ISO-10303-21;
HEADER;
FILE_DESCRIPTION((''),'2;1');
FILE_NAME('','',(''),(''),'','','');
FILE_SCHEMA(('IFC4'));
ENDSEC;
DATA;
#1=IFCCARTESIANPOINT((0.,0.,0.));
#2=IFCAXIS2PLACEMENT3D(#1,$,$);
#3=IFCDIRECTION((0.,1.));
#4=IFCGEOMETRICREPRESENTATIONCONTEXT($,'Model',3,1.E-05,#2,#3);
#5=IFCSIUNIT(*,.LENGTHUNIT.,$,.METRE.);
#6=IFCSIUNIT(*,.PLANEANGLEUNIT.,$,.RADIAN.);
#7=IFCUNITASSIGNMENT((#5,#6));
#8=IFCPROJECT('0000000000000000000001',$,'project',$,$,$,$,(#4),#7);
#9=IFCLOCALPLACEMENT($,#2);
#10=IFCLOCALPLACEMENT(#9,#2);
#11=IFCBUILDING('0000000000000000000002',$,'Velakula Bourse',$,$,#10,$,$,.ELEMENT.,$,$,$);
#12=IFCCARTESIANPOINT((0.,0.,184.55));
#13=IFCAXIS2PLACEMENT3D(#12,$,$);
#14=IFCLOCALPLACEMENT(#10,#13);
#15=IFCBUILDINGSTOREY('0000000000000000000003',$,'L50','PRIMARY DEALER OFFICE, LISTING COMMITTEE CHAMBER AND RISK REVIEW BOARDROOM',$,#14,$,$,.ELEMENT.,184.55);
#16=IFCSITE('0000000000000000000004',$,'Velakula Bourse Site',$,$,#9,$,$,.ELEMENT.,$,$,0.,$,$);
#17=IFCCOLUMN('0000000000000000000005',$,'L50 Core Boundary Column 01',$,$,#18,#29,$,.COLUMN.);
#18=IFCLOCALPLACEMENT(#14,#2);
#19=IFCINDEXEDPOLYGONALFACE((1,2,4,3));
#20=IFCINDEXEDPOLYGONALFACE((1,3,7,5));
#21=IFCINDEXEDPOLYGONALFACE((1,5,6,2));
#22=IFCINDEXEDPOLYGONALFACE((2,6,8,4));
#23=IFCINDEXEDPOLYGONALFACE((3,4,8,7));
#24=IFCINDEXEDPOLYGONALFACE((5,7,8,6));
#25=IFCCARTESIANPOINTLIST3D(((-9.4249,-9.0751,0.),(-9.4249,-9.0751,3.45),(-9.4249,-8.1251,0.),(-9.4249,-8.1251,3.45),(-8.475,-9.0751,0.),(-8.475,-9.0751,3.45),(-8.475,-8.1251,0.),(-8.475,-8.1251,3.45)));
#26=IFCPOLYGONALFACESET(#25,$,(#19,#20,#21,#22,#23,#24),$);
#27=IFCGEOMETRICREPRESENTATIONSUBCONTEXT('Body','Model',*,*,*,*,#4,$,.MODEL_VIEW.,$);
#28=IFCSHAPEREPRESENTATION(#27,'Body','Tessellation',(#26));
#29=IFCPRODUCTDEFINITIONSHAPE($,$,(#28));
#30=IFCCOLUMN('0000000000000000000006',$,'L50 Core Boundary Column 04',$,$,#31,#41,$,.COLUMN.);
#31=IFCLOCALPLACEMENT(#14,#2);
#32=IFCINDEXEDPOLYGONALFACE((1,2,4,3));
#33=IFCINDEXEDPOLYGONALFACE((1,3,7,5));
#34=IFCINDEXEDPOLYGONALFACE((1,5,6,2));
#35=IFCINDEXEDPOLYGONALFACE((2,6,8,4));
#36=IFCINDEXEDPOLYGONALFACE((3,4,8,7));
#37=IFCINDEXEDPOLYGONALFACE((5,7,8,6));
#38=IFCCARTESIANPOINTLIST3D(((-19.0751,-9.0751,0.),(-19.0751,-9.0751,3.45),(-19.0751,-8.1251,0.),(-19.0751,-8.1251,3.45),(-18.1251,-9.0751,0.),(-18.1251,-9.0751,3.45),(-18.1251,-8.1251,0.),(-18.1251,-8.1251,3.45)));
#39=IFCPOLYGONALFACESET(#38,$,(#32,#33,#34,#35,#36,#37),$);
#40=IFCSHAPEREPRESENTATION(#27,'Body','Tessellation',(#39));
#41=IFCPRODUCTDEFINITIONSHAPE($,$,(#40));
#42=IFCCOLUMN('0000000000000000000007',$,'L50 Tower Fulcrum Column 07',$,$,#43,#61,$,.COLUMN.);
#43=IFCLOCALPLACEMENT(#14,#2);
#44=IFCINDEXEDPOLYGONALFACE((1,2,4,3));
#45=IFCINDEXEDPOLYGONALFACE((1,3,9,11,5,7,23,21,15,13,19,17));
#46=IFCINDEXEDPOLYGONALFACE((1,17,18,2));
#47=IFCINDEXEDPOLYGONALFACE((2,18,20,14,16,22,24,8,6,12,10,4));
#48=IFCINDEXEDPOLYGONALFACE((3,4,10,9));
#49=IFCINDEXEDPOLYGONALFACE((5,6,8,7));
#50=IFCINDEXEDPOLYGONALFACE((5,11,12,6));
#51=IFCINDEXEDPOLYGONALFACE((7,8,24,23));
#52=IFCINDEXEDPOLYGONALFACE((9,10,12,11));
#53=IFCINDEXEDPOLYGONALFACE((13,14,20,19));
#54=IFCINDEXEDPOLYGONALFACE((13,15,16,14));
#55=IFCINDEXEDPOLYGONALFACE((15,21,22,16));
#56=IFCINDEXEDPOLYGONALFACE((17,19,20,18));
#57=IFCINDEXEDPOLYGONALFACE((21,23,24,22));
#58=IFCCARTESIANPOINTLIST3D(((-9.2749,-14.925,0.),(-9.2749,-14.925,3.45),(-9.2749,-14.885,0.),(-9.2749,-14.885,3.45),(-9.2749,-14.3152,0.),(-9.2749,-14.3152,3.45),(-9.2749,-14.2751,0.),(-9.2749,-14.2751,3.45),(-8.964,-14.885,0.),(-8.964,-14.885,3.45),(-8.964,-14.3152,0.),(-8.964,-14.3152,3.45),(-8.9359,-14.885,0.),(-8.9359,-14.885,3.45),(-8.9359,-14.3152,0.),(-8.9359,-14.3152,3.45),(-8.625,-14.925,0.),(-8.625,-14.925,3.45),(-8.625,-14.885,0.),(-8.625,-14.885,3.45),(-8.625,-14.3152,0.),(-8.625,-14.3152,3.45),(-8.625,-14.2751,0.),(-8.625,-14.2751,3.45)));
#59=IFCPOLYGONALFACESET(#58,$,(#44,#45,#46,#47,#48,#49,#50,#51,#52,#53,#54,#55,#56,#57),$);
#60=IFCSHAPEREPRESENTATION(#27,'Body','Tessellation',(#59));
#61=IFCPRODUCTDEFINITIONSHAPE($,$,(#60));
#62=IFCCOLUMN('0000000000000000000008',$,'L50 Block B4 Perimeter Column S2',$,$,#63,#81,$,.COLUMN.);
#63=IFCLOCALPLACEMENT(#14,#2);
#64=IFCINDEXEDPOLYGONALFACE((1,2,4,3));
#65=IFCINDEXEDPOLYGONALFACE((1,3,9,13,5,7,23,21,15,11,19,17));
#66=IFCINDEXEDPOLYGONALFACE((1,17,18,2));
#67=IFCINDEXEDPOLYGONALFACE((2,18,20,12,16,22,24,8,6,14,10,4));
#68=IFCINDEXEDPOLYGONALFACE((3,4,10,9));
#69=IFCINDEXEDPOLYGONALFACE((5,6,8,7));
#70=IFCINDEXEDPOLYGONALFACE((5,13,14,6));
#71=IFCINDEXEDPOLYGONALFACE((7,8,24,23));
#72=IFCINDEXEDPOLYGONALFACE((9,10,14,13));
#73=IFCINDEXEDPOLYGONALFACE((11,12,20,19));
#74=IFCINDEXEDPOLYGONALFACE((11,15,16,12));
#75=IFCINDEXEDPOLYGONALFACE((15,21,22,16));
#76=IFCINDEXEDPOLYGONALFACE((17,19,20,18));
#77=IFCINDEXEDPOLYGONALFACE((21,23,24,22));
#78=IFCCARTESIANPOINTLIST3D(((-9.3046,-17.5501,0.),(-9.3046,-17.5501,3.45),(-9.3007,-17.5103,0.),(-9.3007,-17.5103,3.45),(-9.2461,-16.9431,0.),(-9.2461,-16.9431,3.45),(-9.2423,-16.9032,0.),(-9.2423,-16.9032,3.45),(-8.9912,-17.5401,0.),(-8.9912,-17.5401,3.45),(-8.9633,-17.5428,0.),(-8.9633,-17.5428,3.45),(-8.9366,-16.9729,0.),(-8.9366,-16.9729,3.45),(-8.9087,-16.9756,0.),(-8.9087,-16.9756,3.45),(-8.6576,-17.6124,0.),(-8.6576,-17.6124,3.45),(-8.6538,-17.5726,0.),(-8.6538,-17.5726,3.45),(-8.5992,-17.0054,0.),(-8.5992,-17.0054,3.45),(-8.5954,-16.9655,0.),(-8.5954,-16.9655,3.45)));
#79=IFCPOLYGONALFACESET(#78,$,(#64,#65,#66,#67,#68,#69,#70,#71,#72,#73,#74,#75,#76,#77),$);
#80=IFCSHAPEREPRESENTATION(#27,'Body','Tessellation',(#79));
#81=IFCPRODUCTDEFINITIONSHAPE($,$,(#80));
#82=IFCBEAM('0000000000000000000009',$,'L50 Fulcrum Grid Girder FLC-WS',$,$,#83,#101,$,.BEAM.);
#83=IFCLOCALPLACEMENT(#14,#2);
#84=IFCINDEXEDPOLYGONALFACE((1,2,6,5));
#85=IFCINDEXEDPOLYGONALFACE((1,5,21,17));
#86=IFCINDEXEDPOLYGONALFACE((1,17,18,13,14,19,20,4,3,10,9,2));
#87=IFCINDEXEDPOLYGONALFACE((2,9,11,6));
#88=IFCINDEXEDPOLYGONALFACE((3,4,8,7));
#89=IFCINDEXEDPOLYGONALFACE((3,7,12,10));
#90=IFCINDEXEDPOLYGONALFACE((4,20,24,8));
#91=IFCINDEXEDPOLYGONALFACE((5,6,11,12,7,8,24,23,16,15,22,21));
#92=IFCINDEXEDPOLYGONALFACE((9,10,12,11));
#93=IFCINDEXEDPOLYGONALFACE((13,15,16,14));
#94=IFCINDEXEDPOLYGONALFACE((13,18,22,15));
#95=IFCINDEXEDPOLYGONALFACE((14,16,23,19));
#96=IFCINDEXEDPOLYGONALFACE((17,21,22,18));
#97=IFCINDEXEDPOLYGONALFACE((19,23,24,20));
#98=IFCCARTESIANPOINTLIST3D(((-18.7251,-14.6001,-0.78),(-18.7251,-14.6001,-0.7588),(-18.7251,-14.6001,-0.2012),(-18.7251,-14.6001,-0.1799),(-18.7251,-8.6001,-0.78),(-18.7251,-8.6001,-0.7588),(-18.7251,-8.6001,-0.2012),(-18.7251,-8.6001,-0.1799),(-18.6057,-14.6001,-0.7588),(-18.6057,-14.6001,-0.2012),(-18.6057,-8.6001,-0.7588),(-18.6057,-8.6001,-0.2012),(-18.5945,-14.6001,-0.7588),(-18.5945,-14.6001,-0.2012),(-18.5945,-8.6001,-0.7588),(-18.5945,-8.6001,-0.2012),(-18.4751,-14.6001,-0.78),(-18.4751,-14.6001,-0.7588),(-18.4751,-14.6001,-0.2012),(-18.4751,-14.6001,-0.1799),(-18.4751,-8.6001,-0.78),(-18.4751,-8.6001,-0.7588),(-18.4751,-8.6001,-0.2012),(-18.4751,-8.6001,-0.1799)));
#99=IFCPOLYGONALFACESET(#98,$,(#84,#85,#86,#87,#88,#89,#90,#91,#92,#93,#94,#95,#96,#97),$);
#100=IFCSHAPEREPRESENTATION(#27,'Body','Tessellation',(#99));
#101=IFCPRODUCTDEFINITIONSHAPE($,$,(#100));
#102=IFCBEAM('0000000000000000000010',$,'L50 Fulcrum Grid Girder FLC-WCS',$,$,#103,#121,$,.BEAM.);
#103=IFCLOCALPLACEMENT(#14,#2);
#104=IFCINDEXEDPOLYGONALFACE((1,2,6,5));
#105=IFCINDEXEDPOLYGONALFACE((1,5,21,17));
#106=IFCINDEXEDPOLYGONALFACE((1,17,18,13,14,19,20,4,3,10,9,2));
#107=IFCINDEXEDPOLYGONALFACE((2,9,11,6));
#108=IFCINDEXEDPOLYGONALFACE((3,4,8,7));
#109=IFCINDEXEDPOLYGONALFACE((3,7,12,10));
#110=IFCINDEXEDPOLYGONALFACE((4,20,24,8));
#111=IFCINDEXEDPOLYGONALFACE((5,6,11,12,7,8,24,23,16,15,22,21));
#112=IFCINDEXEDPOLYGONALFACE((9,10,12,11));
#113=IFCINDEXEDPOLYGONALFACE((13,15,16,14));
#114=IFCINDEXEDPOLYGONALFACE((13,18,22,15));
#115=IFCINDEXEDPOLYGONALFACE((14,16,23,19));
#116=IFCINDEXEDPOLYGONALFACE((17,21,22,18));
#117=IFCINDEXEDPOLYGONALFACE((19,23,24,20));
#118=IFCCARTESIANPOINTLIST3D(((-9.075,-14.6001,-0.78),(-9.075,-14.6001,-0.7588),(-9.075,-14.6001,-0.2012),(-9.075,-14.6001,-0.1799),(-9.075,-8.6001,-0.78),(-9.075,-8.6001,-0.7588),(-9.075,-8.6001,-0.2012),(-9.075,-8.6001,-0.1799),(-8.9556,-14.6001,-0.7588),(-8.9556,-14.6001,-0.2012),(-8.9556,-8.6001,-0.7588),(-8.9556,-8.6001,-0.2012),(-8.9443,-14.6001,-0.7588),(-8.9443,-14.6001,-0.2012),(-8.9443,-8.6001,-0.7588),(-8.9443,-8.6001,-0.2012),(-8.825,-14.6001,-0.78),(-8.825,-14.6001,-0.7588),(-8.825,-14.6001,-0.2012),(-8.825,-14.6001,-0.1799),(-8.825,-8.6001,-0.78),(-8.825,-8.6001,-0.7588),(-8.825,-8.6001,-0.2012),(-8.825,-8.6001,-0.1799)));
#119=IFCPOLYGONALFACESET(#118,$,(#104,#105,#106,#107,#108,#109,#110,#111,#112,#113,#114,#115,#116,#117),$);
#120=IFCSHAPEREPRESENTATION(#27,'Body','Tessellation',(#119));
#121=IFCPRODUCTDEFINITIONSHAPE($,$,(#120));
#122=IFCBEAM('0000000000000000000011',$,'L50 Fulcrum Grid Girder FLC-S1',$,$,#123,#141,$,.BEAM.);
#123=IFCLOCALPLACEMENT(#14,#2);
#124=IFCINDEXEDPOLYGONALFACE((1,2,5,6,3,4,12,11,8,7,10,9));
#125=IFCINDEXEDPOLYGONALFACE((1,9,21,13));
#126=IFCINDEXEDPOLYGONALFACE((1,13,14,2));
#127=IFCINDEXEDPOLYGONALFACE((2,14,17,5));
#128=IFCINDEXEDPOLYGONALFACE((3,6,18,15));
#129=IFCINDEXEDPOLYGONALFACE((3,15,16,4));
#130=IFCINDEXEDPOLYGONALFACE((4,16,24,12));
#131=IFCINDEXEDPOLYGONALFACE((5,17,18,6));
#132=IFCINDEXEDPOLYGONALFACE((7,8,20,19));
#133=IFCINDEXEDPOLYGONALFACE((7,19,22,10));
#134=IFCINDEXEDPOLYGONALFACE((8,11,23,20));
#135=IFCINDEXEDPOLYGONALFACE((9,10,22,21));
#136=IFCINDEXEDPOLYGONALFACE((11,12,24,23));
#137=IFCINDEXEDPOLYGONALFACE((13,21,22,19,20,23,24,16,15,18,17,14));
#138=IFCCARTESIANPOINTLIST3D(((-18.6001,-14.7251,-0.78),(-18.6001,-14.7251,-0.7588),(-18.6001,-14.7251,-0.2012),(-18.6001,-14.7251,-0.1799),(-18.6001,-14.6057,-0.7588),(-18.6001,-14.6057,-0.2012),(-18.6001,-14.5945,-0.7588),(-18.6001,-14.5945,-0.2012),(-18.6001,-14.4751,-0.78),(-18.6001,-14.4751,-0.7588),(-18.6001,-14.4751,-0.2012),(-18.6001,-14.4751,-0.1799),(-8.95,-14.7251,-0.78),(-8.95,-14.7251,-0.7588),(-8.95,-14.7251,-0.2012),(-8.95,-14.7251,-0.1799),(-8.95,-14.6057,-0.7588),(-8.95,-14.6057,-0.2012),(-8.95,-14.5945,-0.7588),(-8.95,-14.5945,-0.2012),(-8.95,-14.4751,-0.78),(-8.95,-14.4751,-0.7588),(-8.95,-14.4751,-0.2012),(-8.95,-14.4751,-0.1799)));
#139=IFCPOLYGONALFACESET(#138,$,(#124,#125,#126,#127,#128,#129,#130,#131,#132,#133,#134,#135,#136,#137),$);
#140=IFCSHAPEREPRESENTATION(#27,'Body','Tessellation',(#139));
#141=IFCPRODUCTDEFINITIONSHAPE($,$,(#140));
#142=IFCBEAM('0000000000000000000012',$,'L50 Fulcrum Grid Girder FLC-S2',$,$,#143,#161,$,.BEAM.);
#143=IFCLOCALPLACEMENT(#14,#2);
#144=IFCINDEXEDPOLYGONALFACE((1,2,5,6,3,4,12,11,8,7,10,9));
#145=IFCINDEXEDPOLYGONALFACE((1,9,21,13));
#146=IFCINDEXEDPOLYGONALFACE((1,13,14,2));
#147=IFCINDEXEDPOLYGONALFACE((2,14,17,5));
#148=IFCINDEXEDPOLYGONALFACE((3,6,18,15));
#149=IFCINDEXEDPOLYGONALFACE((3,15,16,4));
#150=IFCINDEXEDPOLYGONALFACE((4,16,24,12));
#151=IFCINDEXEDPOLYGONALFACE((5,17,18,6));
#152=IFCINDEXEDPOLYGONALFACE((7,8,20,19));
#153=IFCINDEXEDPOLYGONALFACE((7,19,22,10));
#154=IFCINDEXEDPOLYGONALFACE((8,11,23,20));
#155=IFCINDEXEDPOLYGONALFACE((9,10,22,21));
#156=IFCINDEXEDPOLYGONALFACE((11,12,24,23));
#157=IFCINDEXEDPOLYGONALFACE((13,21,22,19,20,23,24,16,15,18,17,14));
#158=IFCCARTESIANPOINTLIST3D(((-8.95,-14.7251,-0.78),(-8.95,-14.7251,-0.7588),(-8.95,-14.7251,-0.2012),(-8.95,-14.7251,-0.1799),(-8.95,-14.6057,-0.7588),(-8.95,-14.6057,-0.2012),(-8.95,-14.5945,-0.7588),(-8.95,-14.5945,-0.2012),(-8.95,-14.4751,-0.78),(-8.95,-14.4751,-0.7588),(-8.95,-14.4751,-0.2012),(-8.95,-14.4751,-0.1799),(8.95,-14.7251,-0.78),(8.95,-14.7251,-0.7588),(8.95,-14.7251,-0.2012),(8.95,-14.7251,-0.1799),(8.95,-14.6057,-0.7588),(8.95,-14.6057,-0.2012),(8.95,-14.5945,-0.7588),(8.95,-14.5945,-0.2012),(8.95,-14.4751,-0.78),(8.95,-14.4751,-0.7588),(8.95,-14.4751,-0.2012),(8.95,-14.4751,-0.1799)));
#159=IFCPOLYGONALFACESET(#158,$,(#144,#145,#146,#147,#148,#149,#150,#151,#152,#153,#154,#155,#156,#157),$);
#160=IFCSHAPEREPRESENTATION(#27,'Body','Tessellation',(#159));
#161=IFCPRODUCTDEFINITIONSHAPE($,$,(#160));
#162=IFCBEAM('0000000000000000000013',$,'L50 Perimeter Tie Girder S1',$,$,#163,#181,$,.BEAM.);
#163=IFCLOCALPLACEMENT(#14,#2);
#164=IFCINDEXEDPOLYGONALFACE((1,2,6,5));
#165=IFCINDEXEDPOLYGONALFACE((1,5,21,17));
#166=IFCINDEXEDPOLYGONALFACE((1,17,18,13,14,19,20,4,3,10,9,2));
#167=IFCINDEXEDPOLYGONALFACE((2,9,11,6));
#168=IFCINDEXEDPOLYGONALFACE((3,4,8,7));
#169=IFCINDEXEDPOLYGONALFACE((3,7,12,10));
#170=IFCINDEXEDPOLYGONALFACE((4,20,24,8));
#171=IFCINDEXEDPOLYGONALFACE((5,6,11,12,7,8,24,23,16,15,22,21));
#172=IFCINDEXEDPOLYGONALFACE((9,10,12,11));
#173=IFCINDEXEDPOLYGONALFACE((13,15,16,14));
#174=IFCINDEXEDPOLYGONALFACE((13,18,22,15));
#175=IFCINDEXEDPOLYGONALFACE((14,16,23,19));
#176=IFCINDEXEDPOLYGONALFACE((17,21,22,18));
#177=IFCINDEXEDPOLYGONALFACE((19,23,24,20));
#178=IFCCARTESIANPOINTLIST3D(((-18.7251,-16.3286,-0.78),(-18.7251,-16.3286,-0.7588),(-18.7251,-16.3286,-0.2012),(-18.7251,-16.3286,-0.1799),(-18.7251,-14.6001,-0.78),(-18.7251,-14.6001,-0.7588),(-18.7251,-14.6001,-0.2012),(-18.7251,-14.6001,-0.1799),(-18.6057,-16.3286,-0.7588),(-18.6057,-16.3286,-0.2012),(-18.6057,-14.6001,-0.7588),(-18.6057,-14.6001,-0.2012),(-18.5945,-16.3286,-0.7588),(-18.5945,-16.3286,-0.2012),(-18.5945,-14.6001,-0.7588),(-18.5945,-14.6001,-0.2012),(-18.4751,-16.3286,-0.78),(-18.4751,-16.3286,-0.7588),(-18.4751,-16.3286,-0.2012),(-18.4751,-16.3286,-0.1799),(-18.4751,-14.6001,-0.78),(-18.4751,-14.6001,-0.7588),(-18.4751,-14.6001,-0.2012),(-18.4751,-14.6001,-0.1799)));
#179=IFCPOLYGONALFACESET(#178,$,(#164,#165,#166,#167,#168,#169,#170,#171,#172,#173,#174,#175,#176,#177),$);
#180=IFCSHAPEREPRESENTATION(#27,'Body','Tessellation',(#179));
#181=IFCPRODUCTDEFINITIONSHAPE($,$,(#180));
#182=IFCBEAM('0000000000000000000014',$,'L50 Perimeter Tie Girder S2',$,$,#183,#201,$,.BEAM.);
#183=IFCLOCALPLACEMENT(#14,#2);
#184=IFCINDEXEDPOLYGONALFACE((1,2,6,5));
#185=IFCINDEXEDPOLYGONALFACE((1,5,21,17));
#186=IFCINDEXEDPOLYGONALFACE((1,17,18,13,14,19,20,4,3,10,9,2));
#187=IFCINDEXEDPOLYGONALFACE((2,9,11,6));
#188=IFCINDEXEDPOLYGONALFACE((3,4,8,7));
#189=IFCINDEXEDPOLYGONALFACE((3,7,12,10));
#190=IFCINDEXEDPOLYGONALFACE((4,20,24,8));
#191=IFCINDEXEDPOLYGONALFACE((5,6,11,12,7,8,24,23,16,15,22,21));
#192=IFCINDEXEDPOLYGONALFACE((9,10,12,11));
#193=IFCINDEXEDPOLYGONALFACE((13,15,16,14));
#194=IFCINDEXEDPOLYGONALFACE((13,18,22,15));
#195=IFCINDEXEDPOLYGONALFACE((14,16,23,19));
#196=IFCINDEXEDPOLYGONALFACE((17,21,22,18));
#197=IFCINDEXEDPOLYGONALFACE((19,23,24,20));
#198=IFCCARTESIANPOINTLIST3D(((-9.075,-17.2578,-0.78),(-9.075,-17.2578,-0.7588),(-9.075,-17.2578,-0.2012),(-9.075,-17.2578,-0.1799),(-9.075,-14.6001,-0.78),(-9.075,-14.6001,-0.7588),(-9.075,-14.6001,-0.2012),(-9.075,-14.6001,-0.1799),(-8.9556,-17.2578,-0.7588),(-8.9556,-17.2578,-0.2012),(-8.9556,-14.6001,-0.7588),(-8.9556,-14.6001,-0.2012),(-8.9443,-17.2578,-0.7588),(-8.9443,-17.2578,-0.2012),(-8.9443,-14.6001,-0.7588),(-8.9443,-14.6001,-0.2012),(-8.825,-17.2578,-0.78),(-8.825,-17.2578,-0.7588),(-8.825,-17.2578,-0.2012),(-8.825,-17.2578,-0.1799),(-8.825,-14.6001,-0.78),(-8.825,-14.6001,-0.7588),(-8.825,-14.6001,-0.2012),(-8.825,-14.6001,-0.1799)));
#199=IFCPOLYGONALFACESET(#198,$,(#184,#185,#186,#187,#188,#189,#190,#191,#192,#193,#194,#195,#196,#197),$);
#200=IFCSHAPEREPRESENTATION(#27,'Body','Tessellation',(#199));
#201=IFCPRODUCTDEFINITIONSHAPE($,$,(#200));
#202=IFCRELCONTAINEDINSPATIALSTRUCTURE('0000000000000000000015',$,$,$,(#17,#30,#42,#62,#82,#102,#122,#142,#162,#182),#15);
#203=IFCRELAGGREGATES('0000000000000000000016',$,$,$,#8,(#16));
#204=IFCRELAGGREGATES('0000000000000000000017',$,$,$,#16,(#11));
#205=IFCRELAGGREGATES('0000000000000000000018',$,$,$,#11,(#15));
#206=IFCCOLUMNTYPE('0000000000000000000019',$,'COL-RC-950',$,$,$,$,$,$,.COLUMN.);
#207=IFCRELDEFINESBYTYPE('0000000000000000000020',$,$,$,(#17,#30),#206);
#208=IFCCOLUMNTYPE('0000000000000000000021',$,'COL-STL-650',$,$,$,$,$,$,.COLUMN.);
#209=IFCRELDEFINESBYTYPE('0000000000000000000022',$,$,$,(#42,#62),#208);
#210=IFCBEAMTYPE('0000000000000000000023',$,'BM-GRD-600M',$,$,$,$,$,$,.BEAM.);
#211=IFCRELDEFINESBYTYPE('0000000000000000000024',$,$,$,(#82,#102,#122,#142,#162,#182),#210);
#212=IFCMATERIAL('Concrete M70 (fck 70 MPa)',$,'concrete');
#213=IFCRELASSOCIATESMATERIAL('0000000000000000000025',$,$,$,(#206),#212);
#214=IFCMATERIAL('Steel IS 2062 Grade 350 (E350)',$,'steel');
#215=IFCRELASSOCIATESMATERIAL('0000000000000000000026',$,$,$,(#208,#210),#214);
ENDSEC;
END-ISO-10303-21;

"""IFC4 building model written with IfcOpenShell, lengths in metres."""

from ifc_helpers import new_model, si_unit, direction, frame, origin, origin_2d, place, context, subcontext, project, spatial, rectangle, i_section, extrude, material, material_profile, profile_set, type_object, element, save


model = new_model("IFC4")

# Units and contexts
model_context = context("Model", 3, precision=1e-05, world=origin(), true_north=direction((0.0, 1.0)))
body_context = subcontext(model_context, "Body", "Model", "MODEL_VIEW")
ifc_project = project(units=[si_unit("LENGTHUNIT", "METRE"), si_unit("PLANEANGLEUNIT", "RADIAN")], contexts=[model_context])

# Site, building, storey
site_placement = place(None, origin())
site = spatial("IfcSite", under=ifc_project, at=site_placement, Name="Velakula Bourse Site", CompositionType="ELEMENT", RefElevation=0.0)
building_placement = place(site_placement, origin())
building = spatial("IfcBuilding", under=site, at=building_placement, Name="Velakula Bourse", CompositionType="ELEMENT")
storey_placement = place(building_placement, frame((0.0, 0.0, 184.55)))
storey = spatial("IfcBuildingStorey", under=building, at=storey_placement, Name="L50", Description="PRIMARY DEALER OFFICE, LISTING COMMITTEE CHAMBER AND RISK REVIEW BOARDROOM", CompositionType="ELEMENT", Elevation=184.55)

# Columns
ifc_material_1 = material(Name="Concrete M70 (fck 70 MPa)", Category="concrete")
ifc_material_profile_1 = material_profile(ifc_material_1, rectangle(XDim=0.95, YDim=0.95, at=origin_2d()), Name="Concrete M70 (fck 70 MPa)")
ifc_profile_set_1 = profile_set([ifc_material_profile_1], Name="Concrete M70 (fck 70 MPa)")
column_type_1 = type_object("IfcColumnType", Name="COL-RC-950", PredefinedType="COLUMN", material=ifc_profile_set_1)
for number, where, z_axis, x_axis, name in (
    (1, (-8.95, -8.6001, 0.0), (0.0, 0.0, 1.0), (1.0, 0.0, 0.0), "L50 Core Boundary Column 01"),
    (2, (-18.6001, -8.6001, 0.0), (0.0, 0.0, 1.0), (1.0, 0.0, 0.0), "L50 Core Boundary Column 04"),
):
    element("IfcColumn", number, at=place(storey_placement, frame(where, z_axis=z_axis, x_axis=x_axis)), inside=storey, type_object=column_type_1, Name=name, PredefinedType="COLUMN", context=body_context, shape_type="SweptSolid", body=[
        extrude(rectangle(XDim=0.95, YDim=0.95, at=origin_2d()), origin(), (0.0, 0.0, 1.0), 3.45),
    ])
ifc_material_2 = material(Name="Steel IS 2062 Grade 350 (E350)", Category="steel")
ifc_material_profile_2 = material_profile(ifc_material_2, i_section(OverallWidth=0.6499, OverallDepth=0.6499, WebThickness=0.0281, FlangeThickness=0.04, at=origin_2d()), Name="Steel IS 2062 Grade 350 (E350)")
ifc_profile_set_2 = profile_set([ifc_material_profile_2], Name="Steel IS 2062 Grade 350 (E350)")
column_type_2 = type_object("IfcColumnType", Name="COL-STL-650", PredefinedType="COLUMN", material=ifc_profile_set_2)
for number, where, z_axis, x_axis, name in (
    (3, (-8.95, -14.6001, 0.0), (0.0, 0.0, 1.0), (1.0, 0.0, 0.0), "L50 Tower Fulcrum Column 07"),
    (4, (-8.95, -17.2578, 0.0), (0.0, 0.0, 1.0), (0.995396, -0.095846, 0.0), "L50 Block B4 Perimeter Column S2"),
):
    element("IfcColumn", number, at=place(storey_placement, frame(where, z_axis=z_axis, x_axis=x_axis)), inside=storey, type_object=column_type_2, Name=name, PredefinedType="COLUMN", context=body_context, shape_type="SweptSolid", body=[
        extrude(i_section(OverallWidth=0.6499, OverallDepth=0.6499, WebThickness=0.0281, FlangeThickness=0.04, at=origin_2d()), origin(), (0.0, 0.0, 1.0), 3.45),
    ])

# Beams
ifc_material_profile_3 = material_profile(ifc_material_2, i_section(OverallWidth=0.25, OverallDepth=0.6001, WebThickness=0.0112, FlangeThickness=0.0212, at=origin_2d()), Name="Steel IS 2062 Grade 350 (E350)")
ifc_profile_set_3 = profile_set([ifc_material_profile_3], Name="Steel IS 2062 Grade 350 (E350)")
beam_type_1 = type_object("IfcBeamType", Name="BM-GRD-600M", PredefinedType="BEAM", material=ifc_profile_set_3)
for number, where, z_axis, x_axis, name in (
    (5, (-18.6001, -14.6001, -0.48), (0.0, 1.0, 0.0), (-1.0, 0.0, 0.0), "L50 Fulcrum Grid Girder FLC-WS"),
    (6, (-8.95, -14.6001, -0.48), (0.0, 1.0, 0.0), (-1.0, 0.0, 0.0), "L50 Fulcrum Grid Girder FLC-WCS"),
):
    element("IfcBeam", number, at=place(storey_placement, frame(where, z_axis=z_axis, x_axis=x_axis)), inside=storey, type_object=beam_type_1, Name=name, PredefinedType="BEAM", context=body_context, shape_type="SweptSolid", body=[
        extrude(i_section(OverallWidth=0.25, OverallDepth=0.6001, WebThickness=0.0112, FlangeThickness=0.0212, at=origin_2d()), origin(), (0.0, 0.0, 1.0), 6.0),
    ])
beam_1_placement = place(storey_placement, frame((-18.6001, -14.6001, -0.48), z_axis=(1.0, 0.0, 0.0), x_axis=(0.0, 1.0, 0.0)))
element("IfcBeam", 7, at=beam_1_placement, inside=storey, type_object=beam_type_1, Name="L50 Fulcrum Grid Girder FLC-S1", PredefinedType="BEAM", context=body_context, shape_type="SweptSolid", body=[
    extrude(i_section(OverallWidth=0.25, OverallDepth=0.6001, WebThickness=0.0112, FlangeThickness=0.0212, at=origin_2d()), origin(), (0.0, 0.0, 1.0), 9.6501),
])
beam_2_placement = place(storey_placement, frame((-8.95, -14.6001, -0.48), z_axis=(1.0, 0.0, 0.0), x_axis=(0.0, 1.0, 0.0)))
element("IfcBeam", 8, at=beam_2_placement, inside=storey, type_object=beam_type_1, Name="L50 Fulcrum Grid Girder FLC-S2", PredefinedType="BEAM", context=body_context, shape_type="SweptSolid", body=[
    extrude(i_section(OverallWidth=0.25, OverallDepth=0.6001, WebThickness=0.0112, FlangeThickness=0.0212, at=origin_2d()), origin(), (0.0, 0.0, 1.0), 17.8999),
])
beam_3_placement = place(storey_placement, frame((-18.6001, -14.6001, -0.48), z_axis=(0.0, -1.0, 0.0), x_axis=(1.0, 0.0, 0.0)))
element("IfcBeam", 9, at=beam_3_placement, inside=storey, type_object=beam_type_1, Name="L50 Perimeter Tie Girder S1", PredefinedType="BEAM", context=body_context, shape_type="SweptSolid", body=[
    extrude(i_section(OverallWidth=0.25, OverallDepth=0.6001, WebThickness=0.0112, FlangeThickness=0.0212, at=origin_2d()), origin(), (0.0, 0.0, 1.0), 1.7285),
])
beam_4_placement = place(storey_placement, frame((-8.95, -14.6001, -0.48), z_axis=(0.0, -1.0, 0.0), x_axis=(1.0, 0.0, 0.0)))
element("IfcBeam", 10, at=beam_4_placement, inside=storey, type_object=beam_type_1, Name="L50 Perimeter Tie Girder S2", PredefinedType="BEAM", context=body_context, shape_type="SweptSolid", body=[
    extrude(i_section(OverallWidth=0.25, OverallDepth=0.6001, WebThickness=0.0112, FlangeThickness=0.0212, at=origin_2d()), origin(), (0.0, 0.0, 1.0), 2.6577),
])

save(model, "model.ifc")
